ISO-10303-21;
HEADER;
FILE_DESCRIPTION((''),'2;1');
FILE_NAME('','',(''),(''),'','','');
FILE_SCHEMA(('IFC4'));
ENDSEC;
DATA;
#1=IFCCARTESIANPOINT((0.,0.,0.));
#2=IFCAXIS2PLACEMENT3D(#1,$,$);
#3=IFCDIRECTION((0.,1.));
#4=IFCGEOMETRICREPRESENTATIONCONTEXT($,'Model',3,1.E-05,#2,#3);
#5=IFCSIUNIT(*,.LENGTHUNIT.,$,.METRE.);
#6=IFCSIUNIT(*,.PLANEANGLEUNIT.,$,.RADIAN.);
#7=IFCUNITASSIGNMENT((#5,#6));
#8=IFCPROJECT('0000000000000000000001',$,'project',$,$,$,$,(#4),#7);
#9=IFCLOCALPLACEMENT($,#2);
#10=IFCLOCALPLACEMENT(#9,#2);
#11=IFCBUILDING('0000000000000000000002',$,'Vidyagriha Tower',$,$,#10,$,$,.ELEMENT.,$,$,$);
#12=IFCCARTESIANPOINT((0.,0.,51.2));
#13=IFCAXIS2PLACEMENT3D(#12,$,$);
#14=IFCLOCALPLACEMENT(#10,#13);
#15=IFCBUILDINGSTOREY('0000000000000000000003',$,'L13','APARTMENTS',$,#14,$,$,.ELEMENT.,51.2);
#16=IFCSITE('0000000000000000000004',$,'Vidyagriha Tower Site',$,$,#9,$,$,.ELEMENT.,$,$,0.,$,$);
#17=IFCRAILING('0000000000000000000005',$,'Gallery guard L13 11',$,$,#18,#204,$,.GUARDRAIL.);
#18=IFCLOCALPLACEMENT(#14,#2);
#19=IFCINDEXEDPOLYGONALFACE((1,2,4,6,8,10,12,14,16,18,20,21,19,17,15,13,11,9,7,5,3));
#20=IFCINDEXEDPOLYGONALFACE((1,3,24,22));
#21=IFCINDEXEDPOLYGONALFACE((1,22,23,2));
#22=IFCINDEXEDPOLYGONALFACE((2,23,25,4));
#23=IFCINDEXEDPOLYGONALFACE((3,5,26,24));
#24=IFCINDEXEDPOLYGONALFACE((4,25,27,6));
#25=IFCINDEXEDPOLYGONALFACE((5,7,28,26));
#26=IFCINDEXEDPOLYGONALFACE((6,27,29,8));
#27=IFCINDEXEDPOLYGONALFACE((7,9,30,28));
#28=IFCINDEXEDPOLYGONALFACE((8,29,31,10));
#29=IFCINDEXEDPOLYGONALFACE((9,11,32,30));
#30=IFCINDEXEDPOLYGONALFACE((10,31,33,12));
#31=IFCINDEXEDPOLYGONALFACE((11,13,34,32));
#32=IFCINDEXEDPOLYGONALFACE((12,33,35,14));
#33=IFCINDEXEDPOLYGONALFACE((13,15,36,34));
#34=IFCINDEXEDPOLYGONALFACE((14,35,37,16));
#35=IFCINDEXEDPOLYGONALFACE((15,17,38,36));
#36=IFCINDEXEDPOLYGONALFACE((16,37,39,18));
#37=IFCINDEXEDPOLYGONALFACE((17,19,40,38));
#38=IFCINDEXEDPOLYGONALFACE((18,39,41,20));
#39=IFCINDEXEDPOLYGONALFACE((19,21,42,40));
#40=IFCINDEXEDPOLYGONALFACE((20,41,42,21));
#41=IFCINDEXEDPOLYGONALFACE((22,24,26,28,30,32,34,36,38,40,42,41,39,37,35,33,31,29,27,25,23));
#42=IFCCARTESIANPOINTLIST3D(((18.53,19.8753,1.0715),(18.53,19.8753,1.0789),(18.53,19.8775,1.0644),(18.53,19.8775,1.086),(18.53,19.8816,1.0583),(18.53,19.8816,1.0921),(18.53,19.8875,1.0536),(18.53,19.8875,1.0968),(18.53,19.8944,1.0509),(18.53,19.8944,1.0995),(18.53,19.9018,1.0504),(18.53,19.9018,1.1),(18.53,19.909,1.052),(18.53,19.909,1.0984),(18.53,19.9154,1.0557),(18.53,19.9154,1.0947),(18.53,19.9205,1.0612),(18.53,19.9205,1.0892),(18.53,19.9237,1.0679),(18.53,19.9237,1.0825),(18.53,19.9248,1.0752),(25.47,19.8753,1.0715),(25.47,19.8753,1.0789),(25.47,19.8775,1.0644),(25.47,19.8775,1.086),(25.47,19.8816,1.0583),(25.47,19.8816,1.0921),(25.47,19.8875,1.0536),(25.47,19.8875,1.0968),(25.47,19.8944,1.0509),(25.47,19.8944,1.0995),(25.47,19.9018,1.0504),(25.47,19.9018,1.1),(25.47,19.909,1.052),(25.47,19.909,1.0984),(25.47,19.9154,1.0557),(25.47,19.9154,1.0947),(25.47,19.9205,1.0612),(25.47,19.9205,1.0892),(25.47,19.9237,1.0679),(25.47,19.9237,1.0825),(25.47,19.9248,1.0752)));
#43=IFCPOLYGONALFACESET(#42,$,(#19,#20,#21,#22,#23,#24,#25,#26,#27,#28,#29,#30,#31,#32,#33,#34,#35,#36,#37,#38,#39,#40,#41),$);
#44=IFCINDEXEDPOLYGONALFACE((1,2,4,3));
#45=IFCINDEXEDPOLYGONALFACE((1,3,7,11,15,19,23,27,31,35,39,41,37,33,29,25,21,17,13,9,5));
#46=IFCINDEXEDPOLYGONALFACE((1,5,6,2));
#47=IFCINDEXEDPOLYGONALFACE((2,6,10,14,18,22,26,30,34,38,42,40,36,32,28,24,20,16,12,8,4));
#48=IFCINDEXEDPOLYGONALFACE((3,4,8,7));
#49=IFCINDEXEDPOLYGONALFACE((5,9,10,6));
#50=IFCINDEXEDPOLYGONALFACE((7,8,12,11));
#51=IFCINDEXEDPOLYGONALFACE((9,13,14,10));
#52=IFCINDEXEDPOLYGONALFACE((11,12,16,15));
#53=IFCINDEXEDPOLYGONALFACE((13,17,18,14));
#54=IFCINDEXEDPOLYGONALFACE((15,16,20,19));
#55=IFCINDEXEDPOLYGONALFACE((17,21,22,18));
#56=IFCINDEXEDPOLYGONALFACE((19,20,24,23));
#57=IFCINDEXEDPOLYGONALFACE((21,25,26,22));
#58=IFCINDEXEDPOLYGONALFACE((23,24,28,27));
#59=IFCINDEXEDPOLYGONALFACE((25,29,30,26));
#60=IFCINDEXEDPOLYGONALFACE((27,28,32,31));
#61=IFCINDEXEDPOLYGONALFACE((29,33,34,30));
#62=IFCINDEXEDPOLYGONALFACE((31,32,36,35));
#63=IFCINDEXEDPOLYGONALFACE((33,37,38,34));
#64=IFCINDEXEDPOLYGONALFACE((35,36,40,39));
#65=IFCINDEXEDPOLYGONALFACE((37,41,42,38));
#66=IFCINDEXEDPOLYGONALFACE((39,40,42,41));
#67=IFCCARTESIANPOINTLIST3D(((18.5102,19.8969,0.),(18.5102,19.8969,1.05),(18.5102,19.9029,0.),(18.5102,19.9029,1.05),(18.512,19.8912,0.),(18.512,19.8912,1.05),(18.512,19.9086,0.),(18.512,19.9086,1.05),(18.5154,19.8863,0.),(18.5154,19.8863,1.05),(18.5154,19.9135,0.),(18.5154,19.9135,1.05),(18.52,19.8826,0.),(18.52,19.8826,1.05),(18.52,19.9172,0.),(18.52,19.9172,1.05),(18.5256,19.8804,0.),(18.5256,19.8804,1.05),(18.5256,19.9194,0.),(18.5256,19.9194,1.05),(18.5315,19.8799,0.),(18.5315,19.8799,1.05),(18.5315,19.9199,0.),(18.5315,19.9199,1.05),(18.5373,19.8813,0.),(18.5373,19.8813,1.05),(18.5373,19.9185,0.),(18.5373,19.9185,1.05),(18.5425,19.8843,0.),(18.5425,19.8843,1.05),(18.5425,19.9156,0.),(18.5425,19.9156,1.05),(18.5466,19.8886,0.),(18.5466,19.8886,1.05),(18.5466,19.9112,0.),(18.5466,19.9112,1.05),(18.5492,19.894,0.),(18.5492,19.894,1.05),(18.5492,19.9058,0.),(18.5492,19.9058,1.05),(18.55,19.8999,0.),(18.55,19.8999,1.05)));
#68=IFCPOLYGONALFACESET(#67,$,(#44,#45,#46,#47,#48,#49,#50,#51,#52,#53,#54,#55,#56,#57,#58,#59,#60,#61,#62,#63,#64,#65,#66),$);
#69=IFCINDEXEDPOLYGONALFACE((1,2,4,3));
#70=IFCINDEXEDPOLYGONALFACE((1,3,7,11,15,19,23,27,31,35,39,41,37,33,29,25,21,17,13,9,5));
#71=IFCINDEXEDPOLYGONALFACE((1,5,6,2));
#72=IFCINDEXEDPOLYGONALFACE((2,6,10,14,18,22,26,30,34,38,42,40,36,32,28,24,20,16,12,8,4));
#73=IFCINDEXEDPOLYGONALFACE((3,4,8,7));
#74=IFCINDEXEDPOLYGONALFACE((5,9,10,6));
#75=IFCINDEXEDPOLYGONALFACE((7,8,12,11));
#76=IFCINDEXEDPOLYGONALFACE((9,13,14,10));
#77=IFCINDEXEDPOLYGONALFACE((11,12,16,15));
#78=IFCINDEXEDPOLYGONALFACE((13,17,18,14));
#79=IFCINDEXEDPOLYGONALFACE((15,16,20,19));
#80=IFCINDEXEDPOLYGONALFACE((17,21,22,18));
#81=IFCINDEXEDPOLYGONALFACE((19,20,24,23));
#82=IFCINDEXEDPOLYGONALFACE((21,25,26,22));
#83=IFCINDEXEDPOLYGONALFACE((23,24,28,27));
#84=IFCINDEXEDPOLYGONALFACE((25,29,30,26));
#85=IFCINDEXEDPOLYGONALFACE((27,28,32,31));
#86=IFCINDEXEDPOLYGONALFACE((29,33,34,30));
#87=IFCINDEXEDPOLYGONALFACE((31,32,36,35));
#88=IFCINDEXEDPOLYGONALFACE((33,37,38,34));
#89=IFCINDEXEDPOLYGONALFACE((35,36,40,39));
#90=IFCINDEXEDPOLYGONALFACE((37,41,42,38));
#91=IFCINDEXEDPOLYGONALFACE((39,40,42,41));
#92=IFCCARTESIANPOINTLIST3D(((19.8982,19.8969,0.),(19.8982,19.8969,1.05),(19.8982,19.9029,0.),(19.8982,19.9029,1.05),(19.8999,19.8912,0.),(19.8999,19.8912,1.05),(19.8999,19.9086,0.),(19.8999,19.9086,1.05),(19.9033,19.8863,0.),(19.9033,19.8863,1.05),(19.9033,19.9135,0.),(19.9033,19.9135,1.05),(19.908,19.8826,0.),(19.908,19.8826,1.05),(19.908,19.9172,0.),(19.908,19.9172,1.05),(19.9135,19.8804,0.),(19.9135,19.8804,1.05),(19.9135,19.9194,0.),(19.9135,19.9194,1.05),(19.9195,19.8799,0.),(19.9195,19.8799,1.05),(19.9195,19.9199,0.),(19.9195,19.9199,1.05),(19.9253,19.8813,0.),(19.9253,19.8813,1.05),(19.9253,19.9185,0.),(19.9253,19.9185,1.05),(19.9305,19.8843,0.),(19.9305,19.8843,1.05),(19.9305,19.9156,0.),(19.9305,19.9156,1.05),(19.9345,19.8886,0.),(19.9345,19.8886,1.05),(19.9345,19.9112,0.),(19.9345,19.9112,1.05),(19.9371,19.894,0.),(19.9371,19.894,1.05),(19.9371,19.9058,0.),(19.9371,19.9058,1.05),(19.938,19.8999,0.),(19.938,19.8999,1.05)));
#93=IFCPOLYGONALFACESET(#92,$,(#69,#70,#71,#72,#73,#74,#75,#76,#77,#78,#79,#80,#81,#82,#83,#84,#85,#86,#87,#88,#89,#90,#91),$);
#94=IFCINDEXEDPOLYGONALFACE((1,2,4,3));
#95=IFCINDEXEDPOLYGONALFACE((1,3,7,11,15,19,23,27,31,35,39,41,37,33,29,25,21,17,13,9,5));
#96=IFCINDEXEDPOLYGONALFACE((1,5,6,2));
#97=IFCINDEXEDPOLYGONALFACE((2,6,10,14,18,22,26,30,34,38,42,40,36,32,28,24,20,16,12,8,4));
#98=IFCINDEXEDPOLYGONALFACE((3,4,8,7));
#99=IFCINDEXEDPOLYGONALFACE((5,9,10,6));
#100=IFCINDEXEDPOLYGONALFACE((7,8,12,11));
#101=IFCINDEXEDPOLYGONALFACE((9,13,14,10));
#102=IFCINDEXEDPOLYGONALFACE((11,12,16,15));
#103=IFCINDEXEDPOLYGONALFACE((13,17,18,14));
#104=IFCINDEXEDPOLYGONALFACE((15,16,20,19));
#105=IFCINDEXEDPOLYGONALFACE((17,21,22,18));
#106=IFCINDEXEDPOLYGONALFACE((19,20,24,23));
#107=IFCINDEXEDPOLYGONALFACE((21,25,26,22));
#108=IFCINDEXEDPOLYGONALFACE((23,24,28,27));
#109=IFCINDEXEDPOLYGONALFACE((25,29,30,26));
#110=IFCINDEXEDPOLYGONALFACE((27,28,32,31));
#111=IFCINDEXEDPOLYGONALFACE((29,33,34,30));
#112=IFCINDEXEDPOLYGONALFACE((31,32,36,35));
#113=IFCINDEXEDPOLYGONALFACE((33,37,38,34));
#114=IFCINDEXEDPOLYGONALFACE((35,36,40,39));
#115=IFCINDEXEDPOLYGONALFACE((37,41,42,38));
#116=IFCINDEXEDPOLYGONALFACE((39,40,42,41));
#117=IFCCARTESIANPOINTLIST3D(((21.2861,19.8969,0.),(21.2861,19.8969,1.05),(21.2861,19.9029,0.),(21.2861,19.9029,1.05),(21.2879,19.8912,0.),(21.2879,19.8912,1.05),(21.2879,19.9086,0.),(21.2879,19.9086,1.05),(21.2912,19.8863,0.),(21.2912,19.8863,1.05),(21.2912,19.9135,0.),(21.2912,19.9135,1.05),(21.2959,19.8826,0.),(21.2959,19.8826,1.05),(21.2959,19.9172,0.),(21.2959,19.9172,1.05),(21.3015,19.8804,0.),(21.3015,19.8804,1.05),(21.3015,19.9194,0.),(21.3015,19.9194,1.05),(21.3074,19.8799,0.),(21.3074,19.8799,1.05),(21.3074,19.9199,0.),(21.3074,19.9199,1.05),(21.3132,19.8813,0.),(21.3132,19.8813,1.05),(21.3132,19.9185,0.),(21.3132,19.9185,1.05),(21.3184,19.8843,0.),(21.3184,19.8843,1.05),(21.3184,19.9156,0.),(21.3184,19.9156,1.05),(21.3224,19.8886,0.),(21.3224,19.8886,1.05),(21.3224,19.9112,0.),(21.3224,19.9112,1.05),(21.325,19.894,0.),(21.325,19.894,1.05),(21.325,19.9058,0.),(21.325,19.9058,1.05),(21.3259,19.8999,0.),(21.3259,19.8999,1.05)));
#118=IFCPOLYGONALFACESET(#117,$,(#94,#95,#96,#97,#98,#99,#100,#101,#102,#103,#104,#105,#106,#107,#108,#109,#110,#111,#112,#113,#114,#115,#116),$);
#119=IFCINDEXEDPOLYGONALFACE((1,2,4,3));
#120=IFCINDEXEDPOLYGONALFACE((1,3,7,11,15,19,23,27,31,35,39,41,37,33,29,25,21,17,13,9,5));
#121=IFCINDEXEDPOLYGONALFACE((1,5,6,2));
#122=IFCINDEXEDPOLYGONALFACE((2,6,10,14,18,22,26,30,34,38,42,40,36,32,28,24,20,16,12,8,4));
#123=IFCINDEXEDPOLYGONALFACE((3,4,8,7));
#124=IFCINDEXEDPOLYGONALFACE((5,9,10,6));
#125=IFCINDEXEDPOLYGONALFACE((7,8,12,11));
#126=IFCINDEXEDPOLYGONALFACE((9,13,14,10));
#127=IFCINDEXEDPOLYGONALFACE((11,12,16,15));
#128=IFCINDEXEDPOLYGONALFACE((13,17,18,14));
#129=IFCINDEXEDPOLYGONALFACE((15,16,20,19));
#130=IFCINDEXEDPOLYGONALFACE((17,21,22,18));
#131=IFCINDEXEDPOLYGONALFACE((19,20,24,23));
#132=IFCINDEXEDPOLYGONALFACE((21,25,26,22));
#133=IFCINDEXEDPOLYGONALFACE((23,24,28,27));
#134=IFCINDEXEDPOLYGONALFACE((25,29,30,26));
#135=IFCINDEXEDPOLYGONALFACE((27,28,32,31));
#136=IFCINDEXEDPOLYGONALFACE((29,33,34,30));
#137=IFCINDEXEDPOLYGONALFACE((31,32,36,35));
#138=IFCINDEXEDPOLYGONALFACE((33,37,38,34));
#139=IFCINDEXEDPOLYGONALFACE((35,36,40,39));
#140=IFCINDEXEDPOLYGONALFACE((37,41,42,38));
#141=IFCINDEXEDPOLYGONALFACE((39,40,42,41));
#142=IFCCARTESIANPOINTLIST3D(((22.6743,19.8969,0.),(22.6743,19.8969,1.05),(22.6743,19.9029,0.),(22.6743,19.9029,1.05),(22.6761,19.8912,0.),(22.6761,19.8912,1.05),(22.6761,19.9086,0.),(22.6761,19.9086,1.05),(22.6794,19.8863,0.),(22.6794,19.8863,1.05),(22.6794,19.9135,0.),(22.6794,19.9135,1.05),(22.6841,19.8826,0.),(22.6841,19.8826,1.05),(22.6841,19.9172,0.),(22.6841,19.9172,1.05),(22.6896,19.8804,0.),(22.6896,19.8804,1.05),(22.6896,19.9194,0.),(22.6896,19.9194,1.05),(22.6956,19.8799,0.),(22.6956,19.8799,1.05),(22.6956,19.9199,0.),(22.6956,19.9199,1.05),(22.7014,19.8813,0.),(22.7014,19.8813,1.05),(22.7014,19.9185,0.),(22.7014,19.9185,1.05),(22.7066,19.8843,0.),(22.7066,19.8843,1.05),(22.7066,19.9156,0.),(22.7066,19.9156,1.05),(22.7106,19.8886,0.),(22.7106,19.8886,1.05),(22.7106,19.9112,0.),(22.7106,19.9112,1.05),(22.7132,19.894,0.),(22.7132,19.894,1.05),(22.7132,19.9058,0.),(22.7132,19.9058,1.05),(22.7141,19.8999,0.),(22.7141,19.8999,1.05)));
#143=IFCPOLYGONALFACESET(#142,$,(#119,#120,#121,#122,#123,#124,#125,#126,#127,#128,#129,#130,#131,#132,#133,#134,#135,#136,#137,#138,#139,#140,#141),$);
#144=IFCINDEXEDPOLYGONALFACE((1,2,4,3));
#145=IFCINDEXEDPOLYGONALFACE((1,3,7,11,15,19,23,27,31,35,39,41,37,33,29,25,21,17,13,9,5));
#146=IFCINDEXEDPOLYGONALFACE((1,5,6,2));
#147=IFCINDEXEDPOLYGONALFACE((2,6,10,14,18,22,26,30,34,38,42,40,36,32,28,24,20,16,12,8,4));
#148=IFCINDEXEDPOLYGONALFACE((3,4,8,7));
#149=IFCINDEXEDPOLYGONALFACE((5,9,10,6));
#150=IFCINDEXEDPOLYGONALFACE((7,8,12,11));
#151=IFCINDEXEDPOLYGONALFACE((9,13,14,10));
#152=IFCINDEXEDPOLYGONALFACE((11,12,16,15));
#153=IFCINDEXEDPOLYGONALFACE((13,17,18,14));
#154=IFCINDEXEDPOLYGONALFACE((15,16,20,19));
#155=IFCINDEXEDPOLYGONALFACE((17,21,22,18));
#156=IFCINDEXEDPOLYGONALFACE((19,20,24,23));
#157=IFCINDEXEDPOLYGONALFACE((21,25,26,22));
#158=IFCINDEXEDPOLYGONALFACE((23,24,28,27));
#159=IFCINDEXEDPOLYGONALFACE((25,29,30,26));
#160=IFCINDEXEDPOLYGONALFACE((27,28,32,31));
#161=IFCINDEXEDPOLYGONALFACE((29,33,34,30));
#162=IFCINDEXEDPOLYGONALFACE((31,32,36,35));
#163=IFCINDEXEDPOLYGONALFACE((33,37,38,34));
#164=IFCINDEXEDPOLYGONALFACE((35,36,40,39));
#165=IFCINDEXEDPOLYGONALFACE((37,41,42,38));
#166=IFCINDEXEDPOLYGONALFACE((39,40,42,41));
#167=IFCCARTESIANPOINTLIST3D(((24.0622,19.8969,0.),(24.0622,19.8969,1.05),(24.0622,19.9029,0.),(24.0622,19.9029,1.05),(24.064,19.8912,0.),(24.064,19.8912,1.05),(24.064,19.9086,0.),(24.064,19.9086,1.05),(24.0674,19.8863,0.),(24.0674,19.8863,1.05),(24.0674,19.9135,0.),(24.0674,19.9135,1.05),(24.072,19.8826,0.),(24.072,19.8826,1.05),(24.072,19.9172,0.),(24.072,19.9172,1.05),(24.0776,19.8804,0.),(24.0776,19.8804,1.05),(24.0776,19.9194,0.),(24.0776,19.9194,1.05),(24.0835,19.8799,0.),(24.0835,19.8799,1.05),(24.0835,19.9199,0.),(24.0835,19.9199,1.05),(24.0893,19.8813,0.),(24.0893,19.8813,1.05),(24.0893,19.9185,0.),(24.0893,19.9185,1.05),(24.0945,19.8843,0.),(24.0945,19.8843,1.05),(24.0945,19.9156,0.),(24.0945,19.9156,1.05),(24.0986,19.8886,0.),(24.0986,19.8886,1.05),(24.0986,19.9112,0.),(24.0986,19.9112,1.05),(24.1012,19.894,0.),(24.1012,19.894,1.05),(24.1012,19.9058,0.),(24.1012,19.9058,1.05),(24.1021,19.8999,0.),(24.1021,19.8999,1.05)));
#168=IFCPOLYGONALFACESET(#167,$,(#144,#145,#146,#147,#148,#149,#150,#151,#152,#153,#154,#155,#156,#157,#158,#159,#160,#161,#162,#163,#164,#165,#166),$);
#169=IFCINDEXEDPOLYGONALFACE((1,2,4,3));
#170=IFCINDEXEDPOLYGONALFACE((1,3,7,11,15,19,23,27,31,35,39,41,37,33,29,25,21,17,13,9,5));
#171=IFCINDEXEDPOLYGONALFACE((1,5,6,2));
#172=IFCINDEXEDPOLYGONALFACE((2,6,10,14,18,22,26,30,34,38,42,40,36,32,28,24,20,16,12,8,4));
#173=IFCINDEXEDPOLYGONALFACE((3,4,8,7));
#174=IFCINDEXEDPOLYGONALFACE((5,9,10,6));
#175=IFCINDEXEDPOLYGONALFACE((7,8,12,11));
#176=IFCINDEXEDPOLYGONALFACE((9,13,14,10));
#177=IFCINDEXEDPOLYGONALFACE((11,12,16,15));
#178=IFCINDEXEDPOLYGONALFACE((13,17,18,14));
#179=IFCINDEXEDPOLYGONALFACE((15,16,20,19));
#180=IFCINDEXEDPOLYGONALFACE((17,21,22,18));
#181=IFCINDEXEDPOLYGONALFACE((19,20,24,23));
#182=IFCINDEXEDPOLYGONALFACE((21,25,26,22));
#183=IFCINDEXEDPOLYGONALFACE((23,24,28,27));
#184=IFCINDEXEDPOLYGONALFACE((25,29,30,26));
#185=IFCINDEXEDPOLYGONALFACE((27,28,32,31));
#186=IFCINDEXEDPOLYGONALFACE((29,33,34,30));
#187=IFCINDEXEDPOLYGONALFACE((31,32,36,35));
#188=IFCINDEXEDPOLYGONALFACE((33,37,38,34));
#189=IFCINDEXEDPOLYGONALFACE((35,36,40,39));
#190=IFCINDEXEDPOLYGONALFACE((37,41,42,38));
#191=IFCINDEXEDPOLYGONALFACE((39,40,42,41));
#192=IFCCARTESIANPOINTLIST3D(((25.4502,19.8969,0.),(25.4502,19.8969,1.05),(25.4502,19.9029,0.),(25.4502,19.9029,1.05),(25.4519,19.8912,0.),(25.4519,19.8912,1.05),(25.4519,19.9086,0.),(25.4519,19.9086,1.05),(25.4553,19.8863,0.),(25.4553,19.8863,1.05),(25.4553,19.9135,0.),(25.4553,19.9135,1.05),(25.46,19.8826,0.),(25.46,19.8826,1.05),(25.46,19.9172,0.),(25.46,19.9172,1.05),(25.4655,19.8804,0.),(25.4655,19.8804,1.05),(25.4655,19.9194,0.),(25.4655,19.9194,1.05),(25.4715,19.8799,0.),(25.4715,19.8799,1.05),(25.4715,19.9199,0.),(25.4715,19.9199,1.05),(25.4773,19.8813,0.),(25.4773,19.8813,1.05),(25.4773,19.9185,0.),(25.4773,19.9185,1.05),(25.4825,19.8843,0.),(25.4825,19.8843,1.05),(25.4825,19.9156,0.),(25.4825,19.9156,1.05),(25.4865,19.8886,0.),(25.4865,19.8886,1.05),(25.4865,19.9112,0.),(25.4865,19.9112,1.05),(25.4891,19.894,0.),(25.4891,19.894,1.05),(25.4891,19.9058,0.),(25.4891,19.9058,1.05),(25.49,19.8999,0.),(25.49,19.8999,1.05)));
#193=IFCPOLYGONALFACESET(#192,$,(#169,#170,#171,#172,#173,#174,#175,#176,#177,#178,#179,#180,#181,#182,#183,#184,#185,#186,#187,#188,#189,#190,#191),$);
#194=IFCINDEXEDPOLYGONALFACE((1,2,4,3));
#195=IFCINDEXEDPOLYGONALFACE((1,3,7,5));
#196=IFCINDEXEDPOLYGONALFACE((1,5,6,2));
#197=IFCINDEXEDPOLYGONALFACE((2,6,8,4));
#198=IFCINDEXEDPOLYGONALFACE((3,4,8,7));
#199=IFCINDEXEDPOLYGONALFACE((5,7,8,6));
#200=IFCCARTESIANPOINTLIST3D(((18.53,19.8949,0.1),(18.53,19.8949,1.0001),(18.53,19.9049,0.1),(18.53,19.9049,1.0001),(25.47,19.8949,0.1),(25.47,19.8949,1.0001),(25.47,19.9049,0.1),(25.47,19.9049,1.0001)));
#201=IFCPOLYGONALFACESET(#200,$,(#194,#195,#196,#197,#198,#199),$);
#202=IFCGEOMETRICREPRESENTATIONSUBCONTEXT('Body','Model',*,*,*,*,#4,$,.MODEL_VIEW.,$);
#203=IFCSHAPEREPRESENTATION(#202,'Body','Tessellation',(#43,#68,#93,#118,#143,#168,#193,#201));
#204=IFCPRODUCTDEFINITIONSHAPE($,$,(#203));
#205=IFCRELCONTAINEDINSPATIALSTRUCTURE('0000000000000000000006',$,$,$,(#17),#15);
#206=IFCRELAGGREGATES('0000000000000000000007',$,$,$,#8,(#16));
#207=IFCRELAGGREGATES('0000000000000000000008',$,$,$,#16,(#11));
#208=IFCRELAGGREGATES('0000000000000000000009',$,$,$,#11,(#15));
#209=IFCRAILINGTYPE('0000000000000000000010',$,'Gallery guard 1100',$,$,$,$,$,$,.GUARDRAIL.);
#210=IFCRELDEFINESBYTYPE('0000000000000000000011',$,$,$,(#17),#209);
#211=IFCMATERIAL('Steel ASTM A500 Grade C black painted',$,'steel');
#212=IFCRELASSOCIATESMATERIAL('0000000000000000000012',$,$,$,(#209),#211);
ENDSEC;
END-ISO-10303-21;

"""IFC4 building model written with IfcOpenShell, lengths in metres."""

from ifc_helpers import new_model, si_unit, direction, frame, origin, origin_2d, place, context, subcontext, project, spatial, rectangle, circle, extrude, material, type_object, element, save


model = new_model("IFC4")

# Units and contexts
model_context = context("Model", 3, precision=1e-05, world=origin(), true_north=direction((0.0, 1.0)))
body_context = subcontext(model_context, "Body", "Model", "MODEL_VIEW")
ifc_project = project(units=[si_unit("LENGTHUNIT", "METRE"), si_unit("PLANEANGLEUNIT", "RADIAN")], contexts=[model_context])

# Site, building, storey
site_placement = place(None, origin())
site = spatial("IfcSite", under=ifc_project, at=site_placement, Name="Vidyagriha Tower Site", CompositionType="ELEMENT", RefElevation=0.0)
building_placement = place(site_placement, origin())
building = spatial("IfcBuilding", under=site, at=building_placement, Name="Vidyagriha Tower", CompositionType="ELEMENT")
storey_placement = place(building_placement, frame((0.0, 0.0, 51.2)))
storey = spatial("IfcBuildingStorey", under=building, at=storey_placement, Name="L13", Description="APARTMENTS", CompositionType="ELEMENT", Elevation=51.2)

# Railing
ifc_material_1 = material(Name="Steel ASTM A500 Grade C black painted", Category="steel")
railing_type = type_object("IfcRailingType", Name="Gallery guard 1100", PredefinedType="GUARDRAIL", material=ifc_material_1)
railing_1_placement = place(storey_placement, frame((18.53, 19.8999, 0.0)))
element("IfcRailing", 1, at=railing_1_placement, inside=storey, type_object=railing_type, Name="Gallery guard L13 11", PredefinedType="GUARDRAIL", context=body_context, shape_type="SweptSolid", body=[
    extrude(circle(Radius=0.0249, at=origin_2d()), frame((0.0, 0.0, 1.0752), z_axis=(1.0, 0.0, 0.0), x_axis=(0.0, 1.0, 0.0)), (0.0, 0.0, 1.0), 6.9399),
    extrude(circle(Radius=0.02, at=origin_2d()), origin(), (0.0, 0.0, 1.0), 1.05),
    extrude(circle(Radius=0.02, at=origin_2d()), frame((1.3879, 0.0, 0.0)), (0.0, 0.0, 1.0), 1.05),
    extrude(circle(Radius=0.02, at=origin_2d()), frame((2.7759, 0.0, 0.0)), (0.0, 0.0, 1.0), 1.05),
    extrude(circle(Radius=0.02, at=origin_2d()), frame((4.1641, 0.0, 0.0)), (0.0, 0.0, 1.0), 1.05),
    extrude(circle(Radius=0.02, at=origin_2d()), frame((5.552, 0.0, 0.0)), (0.0, 0.0, 1.0), 1.05),
    extrude(circle(Radius=0.02, at=origin_2d()), frame((6.9399, 0.0, 0.0)), (0.0, 0.0, 1.0), 1.05),
    extrude(rectangle(XDim=0.01, YDim=0.9001, at=origin_2d()), frame((0.0, 0.0, 0.55), z_axis=(1.0, 0.0, 0.0), x_axis=(0.0, 1.0, 0.0)), (0.0, 0.0, 1.0), 6.9399),
])

save(model, "model.ifc")
